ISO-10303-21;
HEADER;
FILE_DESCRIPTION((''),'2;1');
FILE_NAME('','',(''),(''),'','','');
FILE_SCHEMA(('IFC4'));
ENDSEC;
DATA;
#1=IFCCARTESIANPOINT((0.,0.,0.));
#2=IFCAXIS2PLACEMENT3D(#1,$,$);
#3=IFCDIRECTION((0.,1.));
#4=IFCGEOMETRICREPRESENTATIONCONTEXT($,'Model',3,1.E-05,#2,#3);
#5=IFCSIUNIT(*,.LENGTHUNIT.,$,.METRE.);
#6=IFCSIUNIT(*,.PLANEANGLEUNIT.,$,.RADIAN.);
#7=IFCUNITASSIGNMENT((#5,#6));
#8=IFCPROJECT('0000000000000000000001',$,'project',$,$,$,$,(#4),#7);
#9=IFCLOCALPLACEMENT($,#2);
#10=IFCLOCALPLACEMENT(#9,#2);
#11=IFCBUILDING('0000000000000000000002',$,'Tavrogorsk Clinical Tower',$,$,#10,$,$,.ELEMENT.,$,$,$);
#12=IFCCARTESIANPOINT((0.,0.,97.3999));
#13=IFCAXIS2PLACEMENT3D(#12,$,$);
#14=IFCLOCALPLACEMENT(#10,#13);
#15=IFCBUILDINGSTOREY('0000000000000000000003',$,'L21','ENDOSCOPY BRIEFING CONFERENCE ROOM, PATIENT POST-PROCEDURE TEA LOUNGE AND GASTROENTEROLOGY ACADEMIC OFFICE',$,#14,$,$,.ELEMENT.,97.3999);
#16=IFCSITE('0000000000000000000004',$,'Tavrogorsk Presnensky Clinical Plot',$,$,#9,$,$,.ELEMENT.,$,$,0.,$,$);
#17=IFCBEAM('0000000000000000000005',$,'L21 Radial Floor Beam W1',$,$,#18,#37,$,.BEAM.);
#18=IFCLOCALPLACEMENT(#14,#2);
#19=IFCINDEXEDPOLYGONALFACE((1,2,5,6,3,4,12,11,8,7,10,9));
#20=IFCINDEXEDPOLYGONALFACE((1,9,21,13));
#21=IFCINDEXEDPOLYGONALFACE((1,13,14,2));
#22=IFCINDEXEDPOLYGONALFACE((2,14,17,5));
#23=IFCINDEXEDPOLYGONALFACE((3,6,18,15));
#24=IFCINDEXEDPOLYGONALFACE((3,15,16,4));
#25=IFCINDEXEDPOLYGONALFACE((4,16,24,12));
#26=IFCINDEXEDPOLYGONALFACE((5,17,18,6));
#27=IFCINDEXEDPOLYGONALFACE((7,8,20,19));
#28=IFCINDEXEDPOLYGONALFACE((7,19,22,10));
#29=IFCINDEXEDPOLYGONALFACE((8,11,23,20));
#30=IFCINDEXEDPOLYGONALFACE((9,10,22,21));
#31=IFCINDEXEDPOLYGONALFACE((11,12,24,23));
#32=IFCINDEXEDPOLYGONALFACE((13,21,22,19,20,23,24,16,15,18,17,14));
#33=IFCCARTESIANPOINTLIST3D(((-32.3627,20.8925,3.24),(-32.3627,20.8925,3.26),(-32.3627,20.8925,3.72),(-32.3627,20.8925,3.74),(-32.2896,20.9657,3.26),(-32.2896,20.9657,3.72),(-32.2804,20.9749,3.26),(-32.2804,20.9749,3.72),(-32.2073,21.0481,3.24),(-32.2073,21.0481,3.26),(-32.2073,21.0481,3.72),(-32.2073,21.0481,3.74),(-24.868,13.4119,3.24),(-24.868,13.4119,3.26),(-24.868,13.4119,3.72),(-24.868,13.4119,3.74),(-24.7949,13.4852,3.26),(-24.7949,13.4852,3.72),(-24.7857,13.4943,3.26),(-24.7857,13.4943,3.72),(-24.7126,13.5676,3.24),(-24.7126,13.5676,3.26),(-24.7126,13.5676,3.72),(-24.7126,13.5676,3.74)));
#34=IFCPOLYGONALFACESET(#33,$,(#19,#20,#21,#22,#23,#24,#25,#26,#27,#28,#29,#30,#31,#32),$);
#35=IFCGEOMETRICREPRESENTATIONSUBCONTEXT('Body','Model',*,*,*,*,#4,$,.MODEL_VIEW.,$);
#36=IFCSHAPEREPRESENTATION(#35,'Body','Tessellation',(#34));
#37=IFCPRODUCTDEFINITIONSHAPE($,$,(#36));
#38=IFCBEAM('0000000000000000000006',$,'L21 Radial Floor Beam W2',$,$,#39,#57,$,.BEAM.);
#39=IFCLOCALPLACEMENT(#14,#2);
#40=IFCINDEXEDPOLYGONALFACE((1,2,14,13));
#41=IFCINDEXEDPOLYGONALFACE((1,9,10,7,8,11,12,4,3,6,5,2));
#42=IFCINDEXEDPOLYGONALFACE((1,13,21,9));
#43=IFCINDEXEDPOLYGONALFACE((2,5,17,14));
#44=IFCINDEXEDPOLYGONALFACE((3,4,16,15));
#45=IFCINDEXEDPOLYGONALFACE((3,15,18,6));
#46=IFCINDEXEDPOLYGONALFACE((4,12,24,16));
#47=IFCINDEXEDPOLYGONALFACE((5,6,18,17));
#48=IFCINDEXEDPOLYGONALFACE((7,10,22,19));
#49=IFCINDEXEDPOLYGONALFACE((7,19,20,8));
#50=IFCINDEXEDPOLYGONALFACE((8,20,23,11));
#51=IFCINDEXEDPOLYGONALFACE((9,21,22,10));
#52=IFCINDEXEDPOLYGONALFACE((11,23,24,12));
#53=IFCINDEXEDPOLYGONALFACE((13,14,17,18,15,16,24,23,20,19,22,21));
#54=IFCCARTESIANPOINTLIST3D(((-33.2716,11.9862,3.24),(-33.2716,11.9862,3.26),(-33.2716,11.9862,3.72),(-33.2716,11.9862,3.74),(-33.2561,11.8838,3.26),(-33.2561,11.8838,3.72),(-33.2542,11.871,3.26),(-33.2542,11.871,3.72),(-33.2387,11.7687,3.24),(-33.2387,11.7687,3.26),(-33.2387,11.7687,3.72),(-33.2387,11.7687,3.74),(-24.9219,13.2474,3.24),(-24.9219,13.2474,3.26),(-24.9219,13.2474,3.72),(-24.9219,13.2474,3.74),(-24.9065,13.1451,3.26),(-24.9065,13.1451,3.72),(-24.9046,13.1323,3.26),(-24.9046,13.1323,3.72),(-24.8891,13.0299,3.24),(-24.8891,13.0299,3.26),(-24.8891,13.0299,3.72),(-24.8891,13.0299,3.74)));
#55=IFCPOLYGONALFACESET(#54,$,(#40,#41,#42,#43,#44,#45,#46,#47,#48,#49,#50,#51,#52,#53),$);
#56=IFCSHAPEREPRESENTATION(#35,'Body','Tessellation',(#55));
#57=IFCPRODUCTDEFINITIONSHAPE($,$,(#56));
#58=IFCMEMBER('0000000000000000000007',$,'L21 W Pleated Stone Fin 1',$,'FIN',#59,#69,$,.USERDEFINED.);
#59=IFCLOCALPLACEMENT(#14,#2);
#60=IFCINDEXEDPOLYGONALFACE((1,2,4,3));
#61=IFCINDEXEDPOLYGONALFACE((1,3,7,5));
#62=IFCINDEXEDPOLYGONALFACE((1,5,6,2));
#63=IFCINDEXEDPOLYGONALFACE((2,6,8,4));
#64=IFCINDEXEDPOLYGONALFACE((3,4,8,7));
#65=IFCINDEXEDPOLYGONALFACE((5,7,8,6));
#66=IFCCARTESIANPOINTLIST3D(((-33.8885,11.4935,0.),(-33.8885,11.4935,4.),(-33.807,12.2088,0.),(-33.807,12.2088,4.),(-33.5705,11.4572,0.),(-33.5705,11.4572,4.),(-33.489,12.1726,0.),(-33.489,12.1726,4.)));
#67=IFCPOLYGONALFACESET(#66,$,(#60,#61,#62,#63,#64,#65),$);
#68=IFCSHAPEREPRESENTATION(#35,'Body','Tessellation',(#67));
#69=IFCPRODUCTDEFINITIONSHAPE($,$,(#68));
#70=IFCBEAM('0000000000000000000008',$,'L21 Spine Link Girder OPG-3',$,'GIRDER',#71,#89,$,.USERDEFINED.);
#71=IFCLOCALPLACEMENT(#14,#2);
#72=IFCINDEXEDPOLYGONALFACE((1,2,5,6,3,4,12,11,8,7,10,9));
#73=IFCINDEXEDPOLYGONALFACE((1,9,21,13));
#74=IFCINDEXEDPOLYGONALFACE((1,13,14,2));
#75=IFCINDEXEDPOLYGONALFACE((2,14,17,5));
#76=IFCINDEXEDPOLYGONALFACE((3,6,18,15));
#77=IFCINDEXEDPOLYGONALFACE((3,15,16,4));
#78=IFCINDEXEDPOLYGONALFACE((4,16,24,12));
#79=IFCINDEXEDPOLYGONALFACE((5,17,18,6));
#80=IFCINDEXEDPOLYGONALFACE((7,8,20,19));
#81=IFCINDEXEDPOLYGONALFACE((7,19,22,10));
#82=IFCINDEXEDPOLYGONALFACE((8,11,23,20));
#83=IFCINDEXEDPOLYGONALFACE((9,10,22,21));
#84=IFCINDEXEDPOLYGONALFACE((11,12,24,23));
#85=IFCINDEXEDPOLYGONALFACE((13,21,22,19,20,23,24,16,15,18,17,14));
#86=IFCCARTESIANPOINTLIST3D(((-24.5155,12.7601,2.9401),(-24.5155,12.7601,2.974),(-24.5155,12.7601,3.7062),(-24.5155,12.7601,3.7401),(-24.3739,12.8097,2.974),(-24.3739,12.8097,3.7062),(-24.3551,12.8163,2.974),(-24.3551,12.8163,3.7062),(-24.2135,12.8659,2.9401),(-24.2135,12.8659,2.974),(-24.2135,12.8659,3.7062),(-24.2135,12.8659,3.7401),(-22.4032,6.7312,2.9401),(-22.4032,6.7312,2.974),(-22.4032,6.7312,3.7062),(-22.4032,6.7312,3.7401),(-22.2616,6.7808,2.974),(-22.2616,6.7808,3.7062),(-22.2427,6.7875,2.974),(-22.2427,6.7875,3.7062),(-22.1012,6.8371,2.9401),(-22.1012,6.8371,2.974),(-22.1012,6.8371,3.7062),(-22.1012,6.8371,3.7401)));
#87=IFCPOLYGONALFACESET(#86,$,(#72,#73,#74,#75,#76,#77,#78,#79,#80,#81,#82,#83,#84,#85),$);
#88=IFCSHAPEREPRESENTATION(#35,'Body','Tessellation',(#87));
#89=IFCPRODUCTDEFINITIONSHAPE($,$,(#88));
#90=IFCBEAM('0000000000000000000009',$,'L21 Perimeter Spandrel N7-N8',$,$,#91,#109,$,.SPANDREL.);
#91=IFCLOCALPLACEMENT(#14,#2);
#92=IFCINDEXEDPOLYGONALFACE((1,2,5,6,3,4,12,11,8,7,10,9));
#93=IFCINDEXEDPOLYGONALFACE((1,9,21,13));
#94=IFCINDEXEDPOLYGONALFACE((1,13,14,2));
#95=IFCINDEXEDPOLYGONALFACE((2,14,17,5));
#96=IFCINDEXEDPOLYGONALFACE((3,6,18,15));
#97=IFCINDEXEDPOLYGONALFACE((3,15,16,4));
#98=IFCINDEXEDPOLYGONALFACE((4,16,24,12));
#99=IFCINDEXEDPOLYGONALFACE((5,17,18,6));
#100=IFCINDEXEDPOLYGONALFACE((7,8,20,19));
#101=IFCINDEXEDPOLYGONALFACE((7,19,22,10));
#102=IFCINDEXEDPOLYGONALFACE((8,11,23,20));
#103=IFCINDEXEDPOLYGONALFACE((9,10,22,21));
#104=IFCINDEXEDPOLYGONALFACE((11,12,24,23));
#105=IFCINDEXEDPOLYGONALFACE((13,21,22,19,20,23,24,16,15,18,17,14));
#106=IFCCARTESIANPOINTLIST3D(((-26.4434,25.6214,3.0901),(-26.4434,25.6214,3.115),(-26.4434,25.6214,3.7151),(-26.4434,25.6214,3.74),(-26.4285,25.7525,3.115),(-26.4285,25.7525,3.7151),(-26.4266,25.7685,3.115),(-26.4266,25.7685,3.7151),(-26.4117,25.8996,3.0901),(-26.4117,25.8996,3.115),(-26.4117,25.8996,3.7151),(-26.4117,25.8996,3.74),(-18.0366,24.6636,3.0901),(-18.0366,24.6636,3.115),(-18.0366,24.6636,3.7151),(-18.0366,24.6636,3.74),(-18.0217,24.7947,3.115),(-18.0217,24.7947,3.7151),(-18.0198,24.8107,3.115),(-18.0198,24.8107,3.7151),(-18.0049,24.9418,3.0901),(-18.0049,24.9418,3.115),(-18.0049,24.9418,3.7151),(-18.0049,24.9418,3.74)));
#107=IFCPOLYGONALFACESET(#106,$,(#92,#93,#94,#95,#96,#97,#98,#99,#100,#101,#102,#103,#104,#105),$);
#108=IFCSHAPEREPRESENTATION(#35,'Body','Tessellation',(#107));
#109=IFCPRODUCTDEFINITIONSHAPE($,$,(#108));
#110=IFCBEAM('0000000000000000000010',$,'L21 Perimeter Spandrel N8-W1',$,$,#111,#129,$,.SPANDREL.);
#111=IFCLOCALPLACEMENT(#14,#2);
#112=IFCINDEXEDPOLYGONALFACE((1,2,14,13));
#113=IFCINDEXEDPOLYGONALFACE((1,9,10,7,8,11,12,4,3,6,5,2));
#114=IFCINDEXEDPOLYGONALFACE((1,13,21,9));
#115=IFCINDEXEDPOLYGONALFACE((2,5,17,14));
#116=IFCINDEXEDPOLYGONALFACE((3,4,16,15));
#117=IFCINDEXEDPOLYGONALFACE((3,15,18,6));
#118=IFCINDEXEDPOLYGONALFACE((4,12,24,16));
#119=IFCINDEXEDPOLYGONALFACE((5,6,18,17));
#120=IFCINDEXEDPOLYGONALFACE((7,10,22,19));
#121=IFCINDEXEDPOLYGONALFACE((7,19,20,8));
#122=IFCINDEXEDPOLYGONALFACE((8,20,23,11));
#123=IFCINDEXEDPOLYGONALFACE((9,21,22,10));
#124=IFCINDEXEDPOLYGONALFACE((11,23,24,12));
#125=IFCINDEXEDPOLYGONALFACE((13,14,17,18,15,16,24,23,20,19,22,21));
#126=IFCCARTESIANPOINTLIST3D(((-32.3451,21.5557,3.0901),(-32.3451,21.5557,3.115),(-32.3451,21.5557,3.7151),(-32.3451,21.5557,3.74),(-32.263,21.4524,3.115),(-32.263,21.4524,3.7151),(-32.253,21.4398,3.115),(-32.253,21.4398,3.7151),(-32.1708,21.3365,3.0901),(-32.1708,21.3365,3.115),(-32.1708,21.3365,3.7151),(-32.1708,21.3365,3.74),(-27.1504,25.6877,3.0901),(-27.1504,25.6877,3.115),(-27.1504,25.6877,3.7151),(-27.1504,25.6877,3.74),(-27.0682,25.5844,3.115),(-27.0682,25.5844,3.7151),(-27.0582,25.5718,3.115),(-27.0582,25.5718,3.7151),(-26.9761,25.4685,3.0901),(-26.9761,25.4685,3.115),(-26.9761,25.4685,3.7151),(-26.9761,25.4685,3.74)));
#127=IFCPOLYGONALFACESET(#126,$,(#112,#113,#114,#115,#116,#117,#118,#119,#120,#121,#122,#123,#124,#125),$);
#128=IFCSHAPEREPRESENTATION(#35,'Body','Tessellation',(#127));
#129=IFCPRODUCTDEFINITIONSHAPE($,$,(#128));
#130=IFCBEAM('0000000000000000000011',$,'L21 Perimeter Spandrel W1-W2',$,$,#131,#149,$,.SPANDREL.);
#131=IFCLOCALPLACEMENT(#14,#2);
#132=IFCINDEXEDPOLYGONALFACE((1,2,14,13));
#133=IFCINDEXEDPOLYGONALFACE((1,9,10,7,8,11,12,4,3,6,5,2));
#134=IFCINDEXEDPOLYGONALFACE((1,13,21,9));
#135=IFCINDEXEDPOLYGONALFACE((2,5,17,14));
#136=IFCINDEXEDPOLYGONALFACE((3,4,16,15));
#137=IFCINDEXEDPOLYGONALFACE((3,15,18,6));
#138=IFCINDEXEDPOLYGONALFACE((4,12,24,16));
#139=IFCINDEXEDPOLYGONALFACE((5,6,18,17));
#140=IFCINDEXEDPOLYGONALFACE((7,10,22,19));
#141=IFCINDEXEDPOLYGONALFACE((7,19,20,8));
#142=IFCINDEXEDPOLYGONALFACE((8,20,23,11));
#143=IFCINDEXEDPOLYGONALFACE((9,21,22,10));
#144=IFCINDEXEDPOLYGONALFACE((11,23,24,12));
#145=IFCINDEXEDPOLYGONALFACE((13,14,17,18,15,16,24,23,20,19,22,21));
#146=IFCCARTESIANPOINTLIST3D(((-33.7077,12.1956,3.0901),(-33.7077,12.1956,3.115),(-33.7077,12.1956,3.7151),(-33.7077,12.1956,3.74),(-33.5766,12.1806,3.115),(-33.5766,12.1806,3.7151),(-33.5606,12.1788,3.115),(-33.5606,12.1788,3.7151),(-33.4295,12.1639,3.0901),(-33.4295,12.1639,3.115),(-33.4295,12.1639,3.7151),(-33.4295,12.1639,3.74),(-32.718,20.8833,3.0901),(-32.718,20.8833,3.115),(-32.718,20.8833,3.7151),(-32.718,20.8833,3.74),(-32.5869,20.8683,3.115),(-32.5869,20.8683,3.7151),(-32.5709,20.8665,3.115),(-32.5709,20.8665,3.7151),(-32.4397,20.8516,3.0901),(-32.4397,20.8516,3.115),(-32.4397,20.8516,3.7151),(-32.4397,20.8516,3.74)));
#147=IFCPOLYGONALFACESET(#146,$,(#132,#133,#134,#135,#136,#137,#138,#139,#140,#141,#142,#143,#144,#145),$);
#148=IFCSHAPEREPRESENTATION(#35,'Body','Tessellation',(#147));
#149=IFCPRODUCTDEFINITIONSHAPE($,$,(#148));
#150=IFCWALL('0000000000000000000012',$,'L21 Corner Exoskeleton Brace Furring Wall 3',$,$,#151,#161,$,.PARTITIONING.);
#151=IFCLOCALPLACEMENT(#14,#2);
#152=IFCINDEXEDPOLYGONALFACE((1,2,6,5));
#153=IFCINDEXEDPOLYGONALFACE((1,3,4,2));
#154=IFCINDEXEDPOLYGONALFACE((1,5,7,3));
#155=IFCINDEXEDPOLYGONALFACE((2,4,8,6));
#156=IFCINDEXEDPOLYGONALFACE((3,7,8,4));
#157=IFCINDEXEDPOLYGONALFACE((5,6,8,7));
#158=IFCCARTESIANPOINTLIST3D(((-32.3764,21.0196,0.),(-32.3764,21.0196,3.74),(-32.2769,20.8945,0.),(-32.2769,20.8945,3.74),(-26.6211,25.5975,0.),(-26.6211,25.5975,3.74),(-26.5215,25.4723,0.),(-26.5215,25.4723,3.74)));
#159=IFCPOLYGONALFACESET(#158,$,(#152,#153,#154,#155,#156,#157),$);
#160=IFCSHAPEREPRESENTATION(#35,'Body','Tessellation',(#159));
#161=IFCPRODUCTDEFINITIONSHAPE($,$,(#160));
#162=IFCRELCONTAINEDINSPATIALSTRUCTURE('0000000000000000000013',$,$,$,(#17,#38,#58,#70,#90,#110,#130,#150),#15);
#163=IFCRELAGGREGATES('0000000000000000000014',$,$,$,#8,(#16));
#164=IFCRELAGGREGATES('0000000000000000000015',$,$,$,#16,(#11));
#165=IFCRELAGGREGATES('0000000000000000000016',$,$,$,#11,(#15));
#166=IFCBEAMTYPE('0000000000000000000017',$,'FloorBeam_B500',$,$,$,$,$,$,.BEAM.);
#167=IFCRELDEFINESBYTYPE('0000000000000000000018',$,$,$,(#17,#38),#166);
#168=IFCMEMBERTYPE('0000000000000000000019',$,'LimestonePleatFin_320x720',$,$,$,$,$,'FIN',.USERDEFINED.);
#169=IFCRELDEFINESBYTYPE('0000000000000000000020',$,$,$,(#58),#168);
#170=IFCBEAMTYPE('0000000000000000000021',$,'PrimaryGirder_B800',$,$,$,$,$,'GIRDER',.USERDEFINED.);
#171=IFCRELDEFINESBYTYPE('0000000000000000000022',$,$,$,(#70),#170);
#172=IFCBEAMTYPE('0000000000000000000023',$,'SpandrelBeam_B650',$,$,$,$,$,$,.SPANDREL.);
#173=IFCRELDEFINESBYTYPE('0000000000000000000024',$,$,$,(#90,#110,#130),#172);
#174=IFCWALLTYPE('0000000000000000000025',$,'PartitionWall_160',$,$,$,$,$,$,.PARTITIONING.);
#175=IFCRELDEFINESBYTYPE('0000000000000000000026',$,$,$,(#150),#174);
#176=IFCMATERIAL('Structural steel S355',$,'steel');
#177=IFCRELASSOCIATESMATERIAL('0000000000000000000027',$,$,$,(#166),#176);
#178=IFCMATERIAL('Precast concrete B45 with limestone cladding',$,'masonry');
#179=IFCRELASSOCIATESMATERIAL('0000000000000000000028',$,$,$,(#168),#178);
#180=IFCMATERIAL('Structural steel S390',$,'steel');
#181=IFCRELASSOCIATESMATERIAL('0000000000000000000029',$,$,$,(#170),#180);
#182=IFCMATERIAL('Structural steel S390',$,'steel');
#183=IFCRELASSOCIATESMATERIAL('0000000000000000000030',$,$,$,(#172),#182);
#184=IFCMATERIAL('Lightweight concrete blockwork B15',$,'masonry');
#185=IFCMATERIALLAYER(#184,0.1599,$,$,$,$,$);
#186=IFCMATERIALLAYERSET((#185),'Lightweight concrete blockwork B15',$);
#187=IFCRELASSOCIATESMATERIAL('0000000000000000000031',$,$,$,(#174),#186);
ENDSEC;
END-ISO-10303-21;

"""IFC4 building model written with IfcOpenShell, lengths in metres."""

from ifc_helpers import new_model, si_unit, direction, frame, frame_2d, origin, origin_2d, place, context, subcontext, project, spatial, rectangle, i_section, extrude, material, layer, layer_set, material_profile, profile_set, type_object, element, save


model = new_model("IFC4")

# Units and contexts
model_context = context("Model", 3, precision=1e-05, world=origin(), true_north=direction((0.0, 1.0)))
body_context = subcontext(model_context, "Body", "Model", "MODEL_VIEW")
ifc_project = project(units=[si_unit("LENGTHUNIT", "METRE"), si_unit("PLANEANGLEUNIT", "RADIAN")], contexts=[model_context])

# Site, building, storey
site_placement = place(None, origin())
site = spatial("IfcSite", under=ifc_project, at=site_placement, Name="Tavrogorsk Presnensky Clinical Plot", CompositionType="ELEMENT", RefElevation=0.0)
building_placement = place(site_placement, origin())
building = spatial("IfcBuilding", under=site, at=building_placement, Name="Tavrogorsk Clinical Tower", CompositionType="ELEMENT")
storey_placement = place(building_placement, frame((0.0, 0.0, 97.3999)))
storey = spatial("IfcBuildingStorey", under=building, at=storey_placement, Name="L21", Description="ENDOSCOPY BRIEFING CONFERENCE ROOM, PATIENT POST-PROCEDURE TEA LOUNGE AND GASTROENTEROLOGY ACADEMIC OFFICE", CompositionType="ELEMENT", Elevation=97.3999)

# Beams
ifc_material_1 = material(Name="Structural steel S355", Category="steel")
ifc_material_profile_1 = material_profile(ifc_material_1, i_section(OverallWidth=0.22, OverallDepth=0.5, WebThickness=0.0129, FlangeThickness=0.02, at=origin_2d()), Name="B-500x220x13x20")
ifc_profile_set_1 = profile_set([ifc_material_profile_1], Name="Structural steel S355")
beam_type_1 = type_object("IfcBeamType", Name="FloorBeam_B500", PredefinedType="BEAM", material=ifc_profile_set_1)
beam_1_placement = place(storey_placement, frame((-24.7903, 13.4897, 3.49), z_axis=(-0.707775, 0.706438, 0.0), x_axis=(-0.706438, -0.707775, 0.0)))
element("IfcBeam", 1, at=beam_1_placement, inside=storey, type_object=beam_type_1, Name="L21 Radial Floor Beam W1", PredefinedType="BEAM", context=body_context, shape_type="SweptSolid", body=[
    extrude(i_section(OverallWidth=0.22, OverallDepth=0.5, WebThickness=0.0129, FlangeThickness=0.02, at=origin_2d()), origin(), (0.0, 0.0, 1.0), 10.5891),
])
beam_2_placement = place(storey_placement, frame((-24.9055, 13.1387, 3.49), z_axis=(-0.988783, -0.149358, 0.0), x_axis=(0.149358, -0.988783, 0.0)))
element("IfcBeam", 2, at=beam_2_placement, inside=storey, type_object=beam_type_1, Name="L21 Radial Floor Beam W2", PredefinedType="BEAM", context=body_context, shape_type="SweptSolid", body=[
    extrude(i_section(OverallWidth=0.22, OverallDepth=0.5, WebThickness=0.0129, FlangeThickness=0.02, at=origin_2d()), origin(), (0.0, 0.0, 1.0), 8.4443),
])

# Member
ifc_material_2 = material(Name="Precast concrete B45 with limestone cladding", Category="masonry")
ifc_material_profile_2 = material_profile(ifc_material_2, rectangle(XDim=0.3201, YDim=0.72, at=origin_2d()), Name="LIMESTONE-FIN-320x720")
ifc_profile_set_2 = profile_set([ifc_material_profile_2], Name="Precast concrete B45 with limestone cladding")
member_type_1 = type_object("IfcMemberType", Name="LimestonePleatFin_320x720", ElementType="FIN", PredefinedType="USERDEFINED", material=ifc_profile_set_2)
member_1_placement = place(storey_placement, frame((-33.6887, 11.833, 0.0), z_axis=(0.0, 0.0, 1.0), x_axis=(0.993572, -0.113203, 0.0)))
element("IfcMember", 3, at=member_1_placement, inside=storey, type_object=member_type_1, Name="L21 W Pleated Stone Fin 1", ObjectType="FIN", PredefinedType="USERDEFINED", context=body_context, shape_type="SweptSolid", body=[
    extrude(rectangle(XDim=0.3201, YDim=0.72, at=origin_2d()), origin(), (0.0, 0.0, 1.0), 4.0),
])

# Beams
ifc_material_3 = material(Name="Structural steel S390", Category="steel")
ifc_material_profile_3 = material_profile(ifc_material_3, i_section(OverallWidth=0.3201, OverallDepth=0.8, WebThickness=0.02, FlangeThickness=0.0339, at=origin_2d()), Name="B-800x320x20x34")
ifc_profile_set_3 = profile_set([ifc_material_profile_3], Name="Structural steel S390")
beam_type_2 = type_object("IfcBeamType", Name="PrimaryGirder_B800", ElementType="GIRDER", PredefinedType="USERDEFINED", material=ifc_profile_set_3)
beam_3_placement = place(storey_placement, frame((-24.3645, 12.813, 3.3401), z_axis=(0.33066, -0.94375, 0.0), x_axis=(0.94375, 0.33066, 0.0)))
element("IfcBeam", 4, at=beam_3_placement, inside=storey, type_object=beam_type_2, Name="L21 Spine Link Girder OPG-3", ObjectType="GIRDER", PredefinedType="USERDEFINED", context=body_context, shape_type="SweptSolid", body=[
    extrude(i_section(OverallWidth=0.3201, OverallDepth=0.8, WebThickness=0.02, FlangeThickness=0.0339, at=origin_2d()), origin(), (0.0, 0.0, 1.0), 6.3882),
])
ifc_material_4 = material(Name="Structural steel S390", Category="steel")
ifc_material_profile_4 = material_profile(ifc_material_4, i_section(OverallWidth=0.28, OverallDepth=0.6499, WebThickness=0.0161, FlangeThickness=0.0249, at=origin_2d()), Name="B-650x280x16x25")
ifc_profile_set_4 = profile_set([ifc_material_profile_4], Name="Structural steel S390")
beam_type_3 = type_object("IfcBeamType", Name="SpandrelBeam_B650", PredefinedType="SPANDREL", material=ifc_profile_set_4)
beam_4_placement = place(storey_placement, frame((-18.0208, 24.8027, 3.415), z_axis=(-0.993573, 0.113196, 0.0), x_axis=(-0.113196, -0.993573, 0.0)))
element("IfcBeam", 5, at=beam_4_placement, inside=storey, type_object=beam_type_3, Name="L21 Perimeter Spandrel N7-N8", PredefinedType="SPANDREL", context=body_context, shape_type="SweptSolid", body=[
    extrude(i_section(OverallWidth=0.28, OverallDepth=0.6499, WebThickness=0.0161, FlangeThickness=0.0249, at=origin_2d()), origin(), (0.0, 0.0, 1.0), 8.4612),
])
beam_5_placement = place(storey_placement, frame((-27.0632, 25.5781, 3.415), z_axis=(-0.782613, -0.622508, 0.0), x_axis=(0.622508, -0.782613, 0.0)))
element("IfcBeam", 6, at=beam_5_placement, inside=storey, type_object=beam_type_3, Name="L21 Perimeter Spandrel N8-W1", PredefinedType="SPANDREL", context=body_context, shape_type="SweptSolid", body=[
    extrude(i_section(OverallWidth=0.28, OverallDepth=0.6499, WebThickness=0.0161, FlangeThickness=0.0249, at=origin_2d()), origin(), (0.0, 0.0, 1.0), 6.6377),
])
beam_6_placement = place(storey_placement, frame((-32.5789, 20.8674, 3.415), z_axis=(-0.113192, -0.993573, 0.0), x_axis=(0.993573, -0.113192, 0.0)))
element("IfcBeam", 7, at=beam_6_placement, inside=storey, type_object=beam_type_3, Name="L21 Perimeter Spandrel W1-W2", PredefinedType="SPANDREL", context=body_context, shape_type="SweptSolid", body=[
    extrude(i_section(OverallWidth=0.28, OverallDepth=0.6499, WebThickness=0.0161, FlangeThickness=0.0249, at=origin_2d()), origin(), (0.0, 0.0, 1.0), 8.7439),
])

# Wall
ifc_material_5 = material(Name="Lightweight concrete blockwork B15", Category="masonry")
ifc_layer_1 = layer(ifc_material_5, 0.1599)
ifc_layer_set_1 = layer_set([ifc_layer_1], Name="Lightweight concrete blockwork B15")
wall_type_1 = type_object("IfcWallType", Name="PartitionWall_160", PredefinedType="PARTITIONING", material=ifc_layer_set_1)
wall_1_placement = place(storey_placement, frame((-26.5713, 25.5349, 0.0), z_axis=(0.0, 0.0, 1.0), x_axis=(-0.782618, -0.622502, 0.0)))
element("IfcWall", 8, at=wall_1_placement, inside=storey, type_object=wall_type_1, Name="L21 Corner Exoskeleton Brace Furring Wall 3", PredefinedType="PARTITIONING", context=body_context, shape_type="SweptSolid", body=[
    extrude(rectangle(XDim=7.354, YDim=0.1599, at=frame_2d((3.677, 0.0))), origin(), (0.0, 0.0, 1.0), 3.74),
])

save(model, "model.ifc")
